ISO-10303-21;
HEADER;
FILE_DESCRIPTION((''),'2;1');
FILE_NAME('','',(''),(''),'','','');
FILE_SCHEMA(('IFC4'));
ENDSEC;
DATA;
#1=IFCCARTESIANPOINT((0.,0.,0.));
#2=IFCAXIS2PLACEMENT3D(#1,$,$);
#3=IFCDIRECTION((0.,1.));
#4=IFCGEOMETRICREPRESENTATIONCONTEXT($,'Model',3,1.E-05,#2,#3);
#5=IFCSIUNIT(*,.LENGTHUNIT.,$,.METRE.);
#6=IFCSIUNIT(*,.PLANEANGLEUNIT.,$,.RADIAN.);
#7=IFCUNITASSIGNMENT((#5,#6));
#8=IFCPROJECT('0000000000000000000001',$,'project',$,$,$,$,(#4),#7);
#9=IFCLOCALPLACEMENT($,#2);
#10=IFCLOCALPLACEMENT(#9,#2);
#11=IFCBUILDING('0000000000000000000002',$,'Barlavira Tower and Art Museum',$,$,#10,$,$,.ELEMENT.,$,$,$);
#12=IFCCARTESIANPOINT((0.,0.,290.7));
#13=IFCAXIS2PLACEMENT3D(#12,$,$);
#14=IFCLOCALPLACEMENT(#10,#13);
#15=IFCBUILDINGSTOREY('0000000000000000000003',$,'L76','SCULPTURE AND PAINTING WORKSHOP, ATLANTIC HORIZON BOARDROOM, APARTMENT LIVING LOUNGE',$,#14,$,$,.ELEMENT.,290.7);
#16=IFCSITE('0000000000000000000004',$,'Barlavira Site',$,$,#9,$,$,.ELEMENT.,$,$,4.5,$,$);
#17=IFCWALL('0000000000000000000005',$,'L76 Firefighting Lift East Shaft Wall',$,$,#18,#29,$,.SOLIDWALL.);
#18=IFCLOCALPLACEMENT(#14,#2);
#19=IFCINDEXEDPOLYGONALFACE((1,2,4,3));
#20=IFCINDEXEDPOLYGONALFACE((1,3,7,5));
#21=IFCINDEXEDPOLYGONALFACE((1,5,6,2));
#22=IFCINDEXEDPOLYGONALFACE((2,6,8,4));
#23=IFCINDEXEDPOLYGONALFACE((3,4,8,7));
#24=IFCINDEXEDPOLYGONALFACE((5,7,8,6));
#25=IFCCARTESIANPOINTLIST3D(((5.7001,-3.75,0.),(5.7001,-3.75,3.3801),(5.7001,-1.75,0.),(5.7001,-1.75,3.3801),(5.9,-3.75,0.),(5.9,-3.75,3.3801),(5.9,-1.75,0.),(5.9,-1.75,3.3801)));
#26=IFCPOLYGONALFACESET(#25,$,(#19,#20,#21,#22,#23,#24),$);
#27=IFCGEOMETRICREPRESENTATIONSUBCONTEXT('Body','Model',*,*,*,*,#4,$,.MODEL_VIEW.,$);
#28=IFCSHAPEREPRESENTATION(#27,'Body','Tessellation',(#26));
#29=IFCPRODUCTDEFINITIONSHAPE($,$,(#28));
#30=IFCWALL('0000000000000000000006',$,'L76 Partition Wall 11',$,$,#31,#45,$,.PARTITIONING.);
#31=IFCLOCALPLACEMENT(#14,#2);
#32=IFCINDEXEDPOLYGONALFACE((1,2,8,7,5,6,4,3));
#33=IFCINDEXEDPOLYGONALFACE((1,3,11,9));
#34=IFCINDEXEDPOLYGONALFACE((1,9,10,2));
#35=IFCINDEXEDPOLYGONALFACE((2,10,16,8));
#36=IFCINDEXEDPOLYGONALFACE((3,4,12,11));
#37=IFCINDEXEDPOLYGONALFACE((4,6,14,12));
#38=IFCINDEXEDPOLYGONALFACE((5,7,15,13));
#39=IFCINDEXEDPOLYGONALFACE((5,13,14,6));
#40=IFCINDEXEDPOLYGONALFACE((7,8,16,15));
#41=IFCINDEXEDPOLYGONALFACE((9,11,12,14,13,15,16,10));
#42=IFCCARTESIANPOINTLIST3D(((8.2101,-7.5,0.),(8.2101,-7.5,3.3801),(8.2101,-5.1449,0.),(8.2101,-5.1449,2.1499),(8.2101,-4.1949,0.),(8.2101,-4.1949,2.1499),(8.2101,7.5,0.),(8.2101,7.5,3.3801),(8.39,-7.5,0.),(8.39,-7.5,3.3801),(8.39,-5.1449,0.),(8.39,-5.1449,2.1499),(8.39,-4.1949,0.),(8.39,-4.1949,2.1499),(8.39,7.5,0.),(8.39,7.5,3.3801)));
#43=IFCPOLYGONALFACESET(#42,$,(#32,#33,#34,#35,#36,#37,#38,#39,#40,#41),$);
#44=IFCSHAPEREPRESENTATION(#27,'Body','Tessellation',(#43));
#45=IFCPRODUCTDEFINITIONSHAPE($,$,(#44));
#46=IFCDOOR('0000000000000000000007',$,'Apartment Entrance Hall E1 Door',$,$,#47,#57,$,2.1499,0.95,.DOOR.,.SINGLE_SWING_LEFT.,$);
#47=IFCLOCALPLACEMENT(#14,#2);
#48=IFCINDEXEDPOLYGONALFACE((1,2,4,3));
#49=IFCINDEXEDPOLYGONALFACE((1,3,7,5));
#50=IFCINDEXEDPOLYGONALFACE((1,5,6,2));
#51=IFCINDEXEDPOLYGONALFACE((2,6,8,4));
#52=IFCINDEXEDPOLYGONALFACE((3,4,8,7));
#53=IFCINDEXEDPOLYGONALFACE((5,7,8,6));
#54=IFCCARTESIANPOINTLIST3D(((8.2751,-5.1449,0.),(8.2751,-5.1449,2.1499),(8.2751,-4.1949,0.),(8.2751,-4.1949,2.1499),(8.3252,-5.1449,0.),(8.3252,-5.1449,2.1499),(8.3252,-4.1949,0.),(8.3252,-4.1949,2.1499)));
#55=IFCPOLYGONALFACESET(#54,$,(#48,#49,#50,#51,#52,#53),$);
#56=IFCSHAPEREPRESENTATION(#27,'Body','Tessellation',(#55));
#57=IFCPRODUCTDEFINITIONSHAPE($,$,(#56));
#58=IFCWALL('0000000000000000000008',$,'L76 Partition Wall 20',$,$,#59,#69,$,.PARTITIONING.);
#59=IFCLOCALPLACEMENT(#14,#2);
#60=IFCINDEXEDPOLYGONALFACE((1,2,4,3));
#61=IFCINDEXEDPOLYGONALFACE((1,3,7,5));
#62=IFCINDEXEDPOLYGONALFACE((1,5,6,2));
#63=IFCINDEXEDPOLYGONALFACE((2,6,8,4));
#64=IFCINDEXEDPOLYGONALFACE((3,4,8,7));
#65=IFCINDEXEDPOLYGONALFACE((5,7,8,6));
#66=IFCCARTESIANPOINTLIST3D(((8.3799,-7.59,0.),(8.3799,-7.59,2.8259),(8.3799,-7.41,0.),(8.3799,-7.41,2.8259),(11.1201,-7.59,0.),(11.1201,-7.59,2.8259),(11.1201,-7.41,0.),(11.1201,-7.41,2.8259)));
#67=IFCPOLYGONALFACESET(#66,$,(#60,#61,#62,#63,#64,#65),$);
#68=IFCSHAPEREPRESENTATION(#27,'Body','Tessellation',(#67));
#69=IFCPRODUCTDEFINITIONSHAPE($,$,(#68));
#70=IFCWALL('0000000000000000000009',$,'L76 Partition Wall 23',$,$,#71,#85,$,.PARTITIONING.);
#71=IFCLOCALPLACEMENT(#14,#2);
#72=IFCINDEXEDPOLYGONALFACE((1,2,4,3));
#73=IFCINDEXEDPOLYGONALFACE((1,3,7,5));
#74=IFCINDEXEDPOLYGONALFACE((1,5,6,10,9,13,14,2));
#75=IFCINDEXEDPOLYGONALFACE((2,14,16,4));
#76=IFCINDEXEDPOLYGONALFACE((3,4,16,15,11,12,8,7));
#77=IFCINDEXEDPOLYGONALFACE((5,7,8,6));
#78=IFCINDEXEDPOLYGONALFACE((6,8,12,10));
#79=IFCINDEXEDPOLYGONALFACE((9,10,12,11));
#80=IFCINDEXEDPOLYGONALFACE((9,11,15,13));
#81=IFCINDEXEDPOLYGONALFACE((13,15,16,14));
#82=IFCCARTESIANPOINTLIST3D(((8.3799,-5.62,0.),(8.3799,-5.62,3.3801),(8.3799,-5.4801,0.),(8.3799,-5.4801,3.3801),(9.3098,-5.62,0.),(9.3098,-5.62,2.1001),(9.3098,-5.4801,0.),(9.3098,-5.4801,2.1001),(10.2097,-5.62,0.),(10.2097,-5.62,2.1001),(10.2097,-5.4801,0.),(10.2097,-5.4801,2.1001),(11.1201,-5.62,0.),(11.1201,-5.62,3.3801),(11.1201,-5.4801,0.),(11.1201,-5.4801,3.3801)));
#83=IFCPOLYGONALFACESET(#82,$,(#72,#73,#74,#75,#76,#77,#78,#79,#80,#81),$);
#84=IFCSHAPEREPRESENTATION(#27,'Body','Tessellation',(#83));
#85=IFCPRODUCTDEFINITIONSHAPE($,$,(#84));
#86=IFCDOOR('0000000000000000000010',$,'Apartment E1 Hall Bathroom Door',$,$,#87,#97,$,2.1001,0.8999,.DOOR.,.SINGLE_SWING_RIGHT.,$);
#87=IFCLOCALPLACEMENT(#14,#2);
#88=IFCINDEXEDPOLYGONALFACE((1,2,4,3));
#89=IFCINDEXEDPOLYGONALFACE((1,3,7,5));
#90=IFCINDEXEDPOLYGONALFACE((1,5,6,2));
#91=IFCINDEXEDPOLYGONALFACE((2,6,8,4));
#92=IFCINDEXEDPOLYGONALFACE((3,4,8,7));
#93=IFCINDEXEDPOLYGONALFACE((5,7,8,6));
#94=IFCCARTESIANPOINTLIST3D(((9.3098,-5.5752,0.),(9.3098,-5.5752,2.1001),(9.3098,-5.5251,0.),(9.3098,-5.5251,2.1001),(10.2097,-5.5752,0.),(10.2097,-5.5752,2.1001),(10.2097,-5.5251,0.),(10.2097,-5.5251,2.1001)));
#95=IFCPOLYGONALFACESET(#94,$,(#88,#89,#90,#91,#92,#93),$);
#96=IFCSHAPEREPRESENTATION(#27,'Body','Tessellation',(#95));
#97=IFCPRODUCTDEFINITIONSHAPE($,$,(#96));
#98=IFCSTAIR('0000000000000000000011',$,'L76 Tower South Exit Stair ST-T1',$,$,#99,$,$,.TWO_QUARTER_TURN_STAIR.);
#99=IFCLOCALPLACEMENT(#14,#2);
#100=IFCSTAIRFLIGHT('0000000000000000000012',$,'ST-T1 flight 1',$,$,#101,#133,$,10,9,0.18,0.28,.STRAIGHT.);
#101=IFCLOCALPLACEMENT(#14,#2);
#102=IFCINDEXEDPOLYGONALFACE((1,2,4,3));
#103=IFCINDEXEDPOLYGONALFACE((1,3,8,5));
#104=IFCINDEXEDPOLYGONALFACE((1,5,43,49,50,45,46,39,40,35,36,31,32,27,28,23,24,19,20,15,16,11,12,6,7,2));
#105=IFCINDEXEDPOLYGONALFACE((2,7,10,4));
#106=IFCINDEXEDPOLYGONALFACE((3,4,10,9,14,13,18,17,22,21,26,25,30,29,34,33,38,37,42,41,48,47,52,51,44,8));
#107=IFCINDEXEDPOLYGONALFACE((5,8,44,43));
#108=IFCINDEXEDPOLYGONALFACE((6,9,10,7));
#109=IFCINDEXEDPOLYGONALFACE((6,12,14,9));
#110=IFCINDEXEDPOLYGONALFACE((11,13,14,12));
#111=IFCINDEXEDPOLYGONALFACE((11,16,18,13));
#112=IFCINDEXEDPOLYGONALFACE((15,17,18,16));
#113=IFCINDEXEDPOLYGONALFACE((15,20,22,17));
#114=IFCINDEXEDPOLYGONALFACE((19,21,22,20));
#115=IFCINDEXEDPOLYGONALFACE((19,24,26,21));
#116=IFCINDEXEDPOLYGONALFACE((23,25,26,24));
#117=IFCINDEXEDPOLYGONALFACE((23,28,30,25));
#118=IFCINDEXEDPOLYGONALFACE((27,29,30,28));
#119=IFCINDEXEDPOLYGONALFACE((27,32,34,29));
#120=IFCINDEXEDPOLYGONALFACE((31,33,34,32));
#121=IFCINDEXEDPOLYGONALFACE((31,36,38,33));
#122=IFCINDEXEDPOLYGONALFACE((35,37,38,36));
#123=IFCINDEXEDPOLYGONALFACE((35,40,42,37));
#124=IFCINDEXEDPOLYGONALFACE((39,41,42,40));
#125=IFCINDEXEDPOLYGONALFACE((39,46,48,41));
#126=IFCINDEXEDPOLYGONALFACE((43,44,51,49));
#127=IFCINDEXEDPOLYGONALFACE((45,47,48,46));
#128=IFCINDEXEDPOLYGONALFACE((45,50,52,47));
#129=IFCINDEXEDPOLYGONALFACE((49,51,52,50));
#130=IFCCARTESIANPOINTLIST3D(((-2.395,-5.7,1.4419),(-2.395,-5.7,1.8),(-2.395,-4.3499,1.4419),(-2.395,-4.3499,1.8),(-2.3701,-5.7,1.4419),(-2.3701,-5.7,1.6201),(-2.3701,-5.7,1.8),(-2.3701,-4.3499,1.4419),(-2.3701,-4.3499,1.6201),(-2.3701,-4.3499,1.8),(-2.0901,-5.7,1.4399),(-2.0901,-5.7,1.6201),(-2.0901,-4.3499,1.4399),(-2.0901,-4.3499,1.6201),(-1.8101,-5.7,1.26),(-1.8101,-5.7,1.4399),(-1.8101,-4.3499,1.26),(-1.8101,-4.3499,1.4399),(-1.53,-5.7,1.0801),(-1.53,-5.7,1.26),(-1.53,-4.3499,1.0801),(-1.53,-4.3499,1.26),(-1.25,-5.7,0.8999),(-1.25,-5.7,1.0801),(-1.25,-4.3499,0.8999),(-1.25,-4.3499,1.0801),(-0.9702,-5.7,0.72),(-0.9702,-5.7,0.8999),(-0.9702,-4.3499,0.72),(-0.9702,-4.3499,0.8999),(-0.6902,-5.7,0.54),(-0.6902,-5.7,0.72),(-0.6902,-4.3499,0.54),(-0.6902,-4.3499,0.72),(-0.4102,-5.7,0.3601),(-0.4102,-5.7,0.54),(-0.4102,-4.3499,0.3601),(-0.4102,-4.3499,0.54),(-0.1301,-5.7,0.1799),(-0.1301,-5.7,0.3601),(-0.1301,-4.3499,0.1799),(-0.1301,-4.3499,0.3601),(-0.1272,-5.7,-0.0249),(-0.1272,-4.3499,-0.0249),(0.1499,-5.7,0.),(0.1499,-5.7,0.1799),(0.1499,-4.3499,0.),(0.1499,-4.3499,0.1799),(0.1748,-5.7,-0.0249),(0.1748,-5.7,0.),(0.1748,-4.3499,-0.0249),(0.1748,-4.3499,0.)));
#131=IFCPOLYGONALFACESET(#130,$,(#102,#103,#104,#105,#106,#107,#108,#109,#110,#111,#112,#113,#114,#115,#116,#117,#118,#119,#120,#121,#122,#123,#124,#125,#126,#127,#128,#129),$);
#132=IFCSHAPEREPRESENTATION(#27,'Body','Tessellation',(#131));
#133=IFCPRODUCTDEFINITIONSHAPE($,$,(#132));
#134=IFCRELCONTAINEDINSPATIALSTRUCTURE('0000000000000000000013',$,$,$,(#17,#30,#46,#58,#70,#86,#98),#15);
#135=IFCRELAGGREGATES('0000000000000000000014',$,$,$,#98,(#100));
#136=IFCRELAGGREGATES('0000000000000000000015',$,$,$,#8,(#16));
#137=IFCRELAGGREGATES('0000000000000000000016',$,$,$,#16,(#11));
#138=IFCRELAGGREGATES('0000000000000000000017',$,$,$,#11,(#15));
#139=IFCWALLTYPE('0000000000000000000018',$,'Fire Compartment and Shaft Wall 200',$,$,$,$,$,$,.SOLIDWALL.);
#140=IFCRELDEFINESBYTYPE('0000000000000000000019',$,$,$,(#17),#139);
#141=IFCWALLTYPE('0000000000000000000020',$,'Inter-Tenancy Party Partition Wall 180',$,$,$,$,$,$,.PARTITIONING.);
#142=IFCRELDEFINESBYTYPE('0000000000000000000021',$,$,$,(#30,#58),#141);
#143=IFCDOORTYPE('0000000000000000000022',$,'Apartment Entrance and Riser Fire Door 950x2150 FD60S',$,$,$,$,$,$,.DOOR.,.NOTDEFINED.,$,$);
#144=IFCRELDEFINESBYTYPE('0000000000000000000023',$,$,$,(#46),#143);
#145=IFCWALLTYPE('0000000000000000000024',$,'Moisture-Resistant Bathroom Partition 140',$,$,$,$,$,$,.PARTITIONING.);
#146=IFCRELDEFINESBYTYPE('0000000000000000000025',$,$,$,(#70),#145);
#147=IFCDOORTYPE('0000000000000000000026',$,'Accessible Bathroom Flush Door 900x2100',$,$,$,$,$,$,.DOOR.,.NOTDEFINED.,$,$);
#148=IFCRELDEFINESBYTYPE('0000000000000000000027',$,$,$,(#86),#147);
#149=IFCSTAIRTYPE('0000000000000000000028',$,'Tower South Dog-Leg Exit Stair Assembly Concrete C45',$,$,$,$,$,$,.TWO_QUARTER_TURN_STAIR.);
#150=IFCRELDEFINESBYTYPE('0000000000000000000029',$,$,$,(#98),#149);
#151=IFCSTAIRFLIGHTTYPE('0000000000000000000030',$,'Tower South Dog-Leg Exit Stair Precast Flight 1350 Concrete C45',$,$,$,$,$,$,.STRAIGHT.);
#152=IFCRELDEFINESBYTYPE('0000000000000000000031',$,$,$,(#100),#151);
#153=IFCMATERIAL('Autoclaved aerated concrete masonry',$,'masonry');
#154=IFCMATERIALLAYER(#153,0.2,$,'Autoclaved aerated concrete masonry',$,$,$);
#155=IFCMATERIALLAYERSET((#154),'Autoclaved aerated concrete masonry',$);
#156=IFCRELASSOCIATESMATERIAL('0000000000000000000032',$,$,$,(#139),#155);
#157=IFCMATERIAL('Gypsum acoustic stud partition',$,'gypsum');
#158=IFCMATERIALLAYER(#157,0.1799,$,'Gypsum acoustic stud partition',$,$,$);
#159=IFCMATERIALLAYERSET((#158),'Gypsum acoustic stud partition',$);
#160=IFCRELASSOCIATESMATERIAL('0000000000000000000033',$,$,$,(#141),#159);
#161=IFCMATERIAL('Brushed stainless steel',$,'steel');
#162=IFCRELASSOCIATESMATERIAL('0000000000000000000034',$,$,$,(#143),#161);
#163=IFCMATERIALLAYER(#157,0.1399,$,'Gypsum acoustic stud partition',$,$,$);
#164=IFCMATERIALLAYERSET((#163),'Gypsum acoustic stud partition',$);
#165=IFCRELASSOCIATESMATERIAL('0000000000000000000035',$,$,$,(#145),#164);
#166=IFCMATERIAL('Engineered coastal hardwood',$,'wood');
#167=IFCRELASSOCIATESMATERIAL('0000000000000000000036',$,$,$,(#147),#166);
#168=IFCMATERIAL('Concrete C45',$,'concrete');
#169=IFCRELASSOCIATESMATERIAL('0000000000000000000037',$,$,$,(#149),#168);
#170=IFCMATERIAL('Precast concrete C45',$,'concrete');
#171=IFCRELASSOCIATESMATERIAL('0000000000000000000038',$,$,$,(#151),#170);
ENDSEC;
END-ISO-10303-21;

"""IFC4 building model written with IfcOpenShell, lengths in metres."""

from ifc_helpers import new_model, si_unit, direction, frame, frame_2d, origin, place, context, subcontext, project, spatial, polyline, rectangle, outline, extrude, material, layer, layer_set, type_object, element, fill, aggregate, save


model = new_model("IFC4")

# Units and contexts
model_context = context("Model", 3, precision=1e-05, world=origin(), true_north=direction((0.0, 1.0)))
body_context = subcontext(model_context, "Body", "Model", "MODEL_VIEW")
ifc_project = project(units=[si_unit("LENGTHUNIT", "METRE"), si_unit("PLANEANGLEUNIT", "RADIAN")], contexts=[model_context])

# Site, building, storey
site_placement = place(None, origin())
site = spatial("IfcSite", under=ifc_project, at=site_placement, Name="Barlavira Site", CompositionType="ELEMENT", RefElevation=4.5)
building_placement = place(site_placement, origin())
building = spatial("IfcBuilding", under=site, at=building_placement, Name="Barlavira Tower and Art Museum", CompositionType="ELEMENT")
storey_placement = place(building_placement, frame((0.0, 0.0, 290.7)))
storey = spatial("IfcBuildingStorey", under=building, at=storey_placement, Name="L76", Description="SCULPTURE AND PAINTING WORKSHOP, ATLANTIC HORIZON BOARDROOM, APARTMENT LIVING LOUNGE", CompositionType="ELEMENT", Elevation=290.7)

# Shared definitions
ifc_material_1 = material(Name="Gypsum acoustic stud partition", Category="gypsum")
ifc_material_2 = material(Name="Engineered coastal hardwood", Category="wood")
ifc_material_3 = material(Name="Brushed stainless steel", Category="steel")

# Shared definitions
ifc_material_4 = material(Name="Autoclaved aerated concrete masonry", Category="masonry")
ifc_layer_1 = layer(ifc_material_4, 0.2, Name="Autoclaved aerated concrete masonry")
ifc_layer_set_1 = layer_set([ifc_layer_1], Name="Autoclaved aerated concrete masonry")
wall_type_1 = type_object("IfcWallType", Name="Fire Compartment and Shaft Wall 200", PredefinedType="SOLIDWALL", material=ifc_layer_set_1)

# Wall
for number, where, z_axis, x_axis, name in (
    (1, (5.8, -3.75, 0.0), (0.0, 0.0, 1.0), (0.0, 1.0, 0.0), "L76 Firefighting Lift East Shaft Wall"),
):
    element("IfcWall", number, at=place(storey_placement, frame(where, z_axis=z_axis, x_axis=x_axis)), inside=storey, type_object=wall_type_1, Name=name, PredefinedType="SOLIDWALL", context=body_context, shape_type="SweptSolid", body=[
        extrude(rectangle(XDim=2.0, YDim=0.2, at=frame_2d((1.0, 0.0))), origin(), (0.0, 0.0, 1.0), 3.3801),
    ])

# Wall, opening, door
ifc_layer_2 = layer(ifc_material_1, 0.1799, Name="Gypsum acoustic stud partition")
ifc_layer_set_2 = layer_set([ifc_layer_2], Name="Gypsum acoustic stud partition")
wall_type_2 = type_object("IfcWallType", Name="Inter-Tenancy Party Partition Wall 180", PredefinedType="PARTITIONING", material=ifc_layer_set_2)
wall_1_placement = place(storey_placement, frame((8.3, -7.5, 0.0), z_axis=(0.0, 0.0, 1.0), x_axis=(0.0, 1.0, 0.0)))
wall_1 = element("IfcWall", 2, at=wall_1_placement, inside=storey, type_object=wall_type_2, Name="L76 Partition Wall 11", PredefinedType="PARTITIONING", context=body_context, shape_type="SweptSolid", body=[
    extrude(rectangle(XDim=15.0, YDim=0.1799, at=frame_2d((7.5, 0.0))), origin(), (0.0, 0.0, 1.0), 3.3801),
])
opening_1_placement = place(wall_1_placement, frame((2.355, 0.0, 0.0)))
opening_1 = element("IfcOpeningElement", 3, at=opening_1_placement, cuts=wall_1, PredefinedType="OPENING", context=body_context, shape_type="SweptSolid", body=[
    extrude(rectangle(XDim=0.95, YDim=2.1499, at=frame_2d((0.4751, 1.075))), frame((0.0, 0.1001, 0.0), z_axis=(0.0, -1.0, 0.0), x_axis=(1.0, 0.0, 0.0)), (0.0, 0.0, 1.0), 0.2),
])
door_type_1 = type_object("IfcDoorType", Name="Apartment Entrance and Riser Fire Door 950x2150 FD60S", OperationType="NOTDEFINED", PredefinedType="DOOR", material=ifc_material_3)
door_1_placement = place(opening_1_placement, origin())
door_1 = element("IfcDoor", 4, at=door_1_placement, inside=storey, type_object=door_type_1, Name="Apartment Entrance Hall E1 Door", OperationType="SINGLE_SWING_LEFT", OverallHeight=2.1499, OverallWidth=0.95, PredefinedType="DOOR", context=body_context, shape_type="SweptSolid", body=[
    extrude(rectangle(XDim=0.95, YDim=2.1499, at=frame_2d((0.4751, 1.075))), frame((0.0, 0.0249, 0.0), z_axis=(0.0, -1.0, 0.0), x_axis=(1.0, 0.0, 0.0)), (0.0, 0.0, 1.0), 0.05),
])
fill(opening_1, door_1)

# Wall
wall_2_placement = place(storey_placement, frame((8.3799, -7.5, 0.0), z_axis=(0.0, 0.0, 1.0), x_axis=(1.0, 0.0, 0.0)))
element("IfcWall", 5, at=wall_2_placement, inside=storey, type_object=wall_type_2, Name="L76 Partition Wall 20", PredefinedType="PARTITIONING", context=body_context, shape_type="SweptSolid", body=[
    extrude(rectangle(XDim=2.7402, YDim=0.1799, at=frame_2d((1.3701, 0.0))), origin(), (0.0, 0.0, 1.0), 2.8259),
])

# Wall, opening, door
ifc_layer_3 = layer(ifc_material_1, 0.1399, Name="Gypsum acoustic stud partition")
ifc_layer_set_3 = layer_set([ifc_layer_3], Name="Gypsum acoustic stud partition")
wall_type_3 = type_object("IfcWallType", Name="Moisture-Resistant Bathroom Partition 140", PredefinedType="PARTITIONING", material=ifc_layer_set_3)
wall_3_placement = place(storey_placement, frame((8.3799, -5.55, 0.0), z_axis=(0.0, 0.0, 1.0), x_axis=(1.0, 0.0, 0.0)))
wall_3 = element("IfcWall", 6, at=wall_3_placement, inside=storey, type_object=wall_type_3, Name="L76 Partition Wall 23", PredefinedType="PARTITIONING", context=body_context, shape_type="SweptSolid", body=[
    extrude(rectangle(XDim=2.7402, YDim=0.1399, at=frame_2d((1.3701, 0.0))), origin(), (0.0, 0.0, 1.0), 3.3801),
])
opening_2_placement = place(wall_3_placement, frame((0.9299, 0.0, 0.0)))
opening_2 = element("IfcOpeningElement", 7, at=opening_2_placement, cuts=wall_3, PredefinedType="OPENING", context=body_context, shape_type="SweptSolid", body=[
    extrude(rectangle(XDim=0.8999, YDim=2.1001, at=frame_2d((0.45, 1.05))), frame((0.0, 0.0801, 0.0), z_axis=(0.0, -1.0, 0.0), x_axis=(1.0, 0.0, 0.0)), (0.0, 0.0, 1.0), 0.1599),
])
door_type_2 = type_object("IfcDoorType", Name="Accessible Bathroom Flush Door 900x2100", OperationType="NOTDEFINED", PredefinedType="DOOR", material=ifc_material_2)
door_2_placement = place(opening_2_placement, origin())
door_2 = element("IfcDoor", 8, at=door_2_placement, inside=storey, type_object=door_type_2, Name="Apartment E1 Hall Bathroom Door", OperationType="SINGLE_SWING_RIGHT", OverallHeight=2.1001, OverallWidth=0.8999, PredefinedType="DOOR", context=body_context, shape_type="SweptSolid", body=[
    extrude(rectangle(XDim=0.8999, YDim=2.1001, at=frame_2d((0.45, 1.05))), frame((0.0, 0.0249, 0.0), z_axis=(0.0, -1.0, 0.0), x_axis=(1.0, 0.0, 0.0)), (0.0, 0.0, 1.0), 0.05),
])
fill(opening_2, door_2)

# Stair, stair flight
ifc_material_5 = material(Name="Concrete C45", Category="concrete")
stair_type = type_object("IfcStairType", Name="Tower South Dog-Leg Exit Stair Assembly Concrete C45", PredefinedType="TWO_QUARTER_TURN_STAIR", material=ifc_material_5)
stair_placement = place(storey_placement, origin())
stair = element("IfcStair", 9, at=stair_placement, inside=storey, type_object=stair_type, Name="L76 Tower South Exit Stair ST-T1", PredefinedType="TWO_QUARTER_TURN_STAIR")
ifc_material_6 = material(Name="Precast concrete C45", Category="concrete")
stair_flight_type = type_object("IfcStairFlightType", Name="Tower South Dog-Leg Exit Stair Precast Flight 1350 Concrete C45", PredefinedType="STRAIGHT", material=ifc_material_6)
stair_flight_placement = place(storey_placement, frame((0.1499, -5.0249, 0.0), z_axis=(0.0, 0.0, 1.0), x_axis=(-1.0, 0.0, 0.0)))
stair_flight = element("IfcStairFlight", 10, at=stair_flight_placement, type_object=stair_flight_type, Name="ST-T1 flight 1", NumberOfRisers=10, NumberOfTreads=9, PredefinedType="STRAIGHT", RiserHeight=0.18, TreadLength=0.28, context=body_context, shape_type="SweptSolid", body=[
    extrude(outline(polyline([(-0.0249, 0.0), (0.0, 0.0), (0.0, 0.1799), (0.28, 0.1799), (0.28, 0.3601), (0.5601, 0.3601), (0.5601, 0.54), (0.8401, 0.54), (0.8401, 0.72), (1.1201, 0.72), (1.1201, 0.8999), (1.3999, 0.8999), (1.3999, 1.0801), (1.6799, 1.0801), (1.6799, 1.26), (1.96, 1.26), (1.96, 1.4399), (2.24, 1.4399), (2.24, 1.6201), (2.52, 1.6201), (2.52, 1.8), (2.5449, 1.8), (2.5449, 1.4419), (2.52, 1.4419), (0.2771, -0.0249), (-0.0249, -0.0249), (-0.0249, 0.0)])), frame((0.0, 0.675, 0.0), z_axis=(0.0, -1.0, 0.0), x_axis=(1.0, 0.0, 0.0)), (0.0, 0.0, 1.0), 1.3501),
])
aggregate(stair, [stair_flight])

save(model, "model.ifc")
